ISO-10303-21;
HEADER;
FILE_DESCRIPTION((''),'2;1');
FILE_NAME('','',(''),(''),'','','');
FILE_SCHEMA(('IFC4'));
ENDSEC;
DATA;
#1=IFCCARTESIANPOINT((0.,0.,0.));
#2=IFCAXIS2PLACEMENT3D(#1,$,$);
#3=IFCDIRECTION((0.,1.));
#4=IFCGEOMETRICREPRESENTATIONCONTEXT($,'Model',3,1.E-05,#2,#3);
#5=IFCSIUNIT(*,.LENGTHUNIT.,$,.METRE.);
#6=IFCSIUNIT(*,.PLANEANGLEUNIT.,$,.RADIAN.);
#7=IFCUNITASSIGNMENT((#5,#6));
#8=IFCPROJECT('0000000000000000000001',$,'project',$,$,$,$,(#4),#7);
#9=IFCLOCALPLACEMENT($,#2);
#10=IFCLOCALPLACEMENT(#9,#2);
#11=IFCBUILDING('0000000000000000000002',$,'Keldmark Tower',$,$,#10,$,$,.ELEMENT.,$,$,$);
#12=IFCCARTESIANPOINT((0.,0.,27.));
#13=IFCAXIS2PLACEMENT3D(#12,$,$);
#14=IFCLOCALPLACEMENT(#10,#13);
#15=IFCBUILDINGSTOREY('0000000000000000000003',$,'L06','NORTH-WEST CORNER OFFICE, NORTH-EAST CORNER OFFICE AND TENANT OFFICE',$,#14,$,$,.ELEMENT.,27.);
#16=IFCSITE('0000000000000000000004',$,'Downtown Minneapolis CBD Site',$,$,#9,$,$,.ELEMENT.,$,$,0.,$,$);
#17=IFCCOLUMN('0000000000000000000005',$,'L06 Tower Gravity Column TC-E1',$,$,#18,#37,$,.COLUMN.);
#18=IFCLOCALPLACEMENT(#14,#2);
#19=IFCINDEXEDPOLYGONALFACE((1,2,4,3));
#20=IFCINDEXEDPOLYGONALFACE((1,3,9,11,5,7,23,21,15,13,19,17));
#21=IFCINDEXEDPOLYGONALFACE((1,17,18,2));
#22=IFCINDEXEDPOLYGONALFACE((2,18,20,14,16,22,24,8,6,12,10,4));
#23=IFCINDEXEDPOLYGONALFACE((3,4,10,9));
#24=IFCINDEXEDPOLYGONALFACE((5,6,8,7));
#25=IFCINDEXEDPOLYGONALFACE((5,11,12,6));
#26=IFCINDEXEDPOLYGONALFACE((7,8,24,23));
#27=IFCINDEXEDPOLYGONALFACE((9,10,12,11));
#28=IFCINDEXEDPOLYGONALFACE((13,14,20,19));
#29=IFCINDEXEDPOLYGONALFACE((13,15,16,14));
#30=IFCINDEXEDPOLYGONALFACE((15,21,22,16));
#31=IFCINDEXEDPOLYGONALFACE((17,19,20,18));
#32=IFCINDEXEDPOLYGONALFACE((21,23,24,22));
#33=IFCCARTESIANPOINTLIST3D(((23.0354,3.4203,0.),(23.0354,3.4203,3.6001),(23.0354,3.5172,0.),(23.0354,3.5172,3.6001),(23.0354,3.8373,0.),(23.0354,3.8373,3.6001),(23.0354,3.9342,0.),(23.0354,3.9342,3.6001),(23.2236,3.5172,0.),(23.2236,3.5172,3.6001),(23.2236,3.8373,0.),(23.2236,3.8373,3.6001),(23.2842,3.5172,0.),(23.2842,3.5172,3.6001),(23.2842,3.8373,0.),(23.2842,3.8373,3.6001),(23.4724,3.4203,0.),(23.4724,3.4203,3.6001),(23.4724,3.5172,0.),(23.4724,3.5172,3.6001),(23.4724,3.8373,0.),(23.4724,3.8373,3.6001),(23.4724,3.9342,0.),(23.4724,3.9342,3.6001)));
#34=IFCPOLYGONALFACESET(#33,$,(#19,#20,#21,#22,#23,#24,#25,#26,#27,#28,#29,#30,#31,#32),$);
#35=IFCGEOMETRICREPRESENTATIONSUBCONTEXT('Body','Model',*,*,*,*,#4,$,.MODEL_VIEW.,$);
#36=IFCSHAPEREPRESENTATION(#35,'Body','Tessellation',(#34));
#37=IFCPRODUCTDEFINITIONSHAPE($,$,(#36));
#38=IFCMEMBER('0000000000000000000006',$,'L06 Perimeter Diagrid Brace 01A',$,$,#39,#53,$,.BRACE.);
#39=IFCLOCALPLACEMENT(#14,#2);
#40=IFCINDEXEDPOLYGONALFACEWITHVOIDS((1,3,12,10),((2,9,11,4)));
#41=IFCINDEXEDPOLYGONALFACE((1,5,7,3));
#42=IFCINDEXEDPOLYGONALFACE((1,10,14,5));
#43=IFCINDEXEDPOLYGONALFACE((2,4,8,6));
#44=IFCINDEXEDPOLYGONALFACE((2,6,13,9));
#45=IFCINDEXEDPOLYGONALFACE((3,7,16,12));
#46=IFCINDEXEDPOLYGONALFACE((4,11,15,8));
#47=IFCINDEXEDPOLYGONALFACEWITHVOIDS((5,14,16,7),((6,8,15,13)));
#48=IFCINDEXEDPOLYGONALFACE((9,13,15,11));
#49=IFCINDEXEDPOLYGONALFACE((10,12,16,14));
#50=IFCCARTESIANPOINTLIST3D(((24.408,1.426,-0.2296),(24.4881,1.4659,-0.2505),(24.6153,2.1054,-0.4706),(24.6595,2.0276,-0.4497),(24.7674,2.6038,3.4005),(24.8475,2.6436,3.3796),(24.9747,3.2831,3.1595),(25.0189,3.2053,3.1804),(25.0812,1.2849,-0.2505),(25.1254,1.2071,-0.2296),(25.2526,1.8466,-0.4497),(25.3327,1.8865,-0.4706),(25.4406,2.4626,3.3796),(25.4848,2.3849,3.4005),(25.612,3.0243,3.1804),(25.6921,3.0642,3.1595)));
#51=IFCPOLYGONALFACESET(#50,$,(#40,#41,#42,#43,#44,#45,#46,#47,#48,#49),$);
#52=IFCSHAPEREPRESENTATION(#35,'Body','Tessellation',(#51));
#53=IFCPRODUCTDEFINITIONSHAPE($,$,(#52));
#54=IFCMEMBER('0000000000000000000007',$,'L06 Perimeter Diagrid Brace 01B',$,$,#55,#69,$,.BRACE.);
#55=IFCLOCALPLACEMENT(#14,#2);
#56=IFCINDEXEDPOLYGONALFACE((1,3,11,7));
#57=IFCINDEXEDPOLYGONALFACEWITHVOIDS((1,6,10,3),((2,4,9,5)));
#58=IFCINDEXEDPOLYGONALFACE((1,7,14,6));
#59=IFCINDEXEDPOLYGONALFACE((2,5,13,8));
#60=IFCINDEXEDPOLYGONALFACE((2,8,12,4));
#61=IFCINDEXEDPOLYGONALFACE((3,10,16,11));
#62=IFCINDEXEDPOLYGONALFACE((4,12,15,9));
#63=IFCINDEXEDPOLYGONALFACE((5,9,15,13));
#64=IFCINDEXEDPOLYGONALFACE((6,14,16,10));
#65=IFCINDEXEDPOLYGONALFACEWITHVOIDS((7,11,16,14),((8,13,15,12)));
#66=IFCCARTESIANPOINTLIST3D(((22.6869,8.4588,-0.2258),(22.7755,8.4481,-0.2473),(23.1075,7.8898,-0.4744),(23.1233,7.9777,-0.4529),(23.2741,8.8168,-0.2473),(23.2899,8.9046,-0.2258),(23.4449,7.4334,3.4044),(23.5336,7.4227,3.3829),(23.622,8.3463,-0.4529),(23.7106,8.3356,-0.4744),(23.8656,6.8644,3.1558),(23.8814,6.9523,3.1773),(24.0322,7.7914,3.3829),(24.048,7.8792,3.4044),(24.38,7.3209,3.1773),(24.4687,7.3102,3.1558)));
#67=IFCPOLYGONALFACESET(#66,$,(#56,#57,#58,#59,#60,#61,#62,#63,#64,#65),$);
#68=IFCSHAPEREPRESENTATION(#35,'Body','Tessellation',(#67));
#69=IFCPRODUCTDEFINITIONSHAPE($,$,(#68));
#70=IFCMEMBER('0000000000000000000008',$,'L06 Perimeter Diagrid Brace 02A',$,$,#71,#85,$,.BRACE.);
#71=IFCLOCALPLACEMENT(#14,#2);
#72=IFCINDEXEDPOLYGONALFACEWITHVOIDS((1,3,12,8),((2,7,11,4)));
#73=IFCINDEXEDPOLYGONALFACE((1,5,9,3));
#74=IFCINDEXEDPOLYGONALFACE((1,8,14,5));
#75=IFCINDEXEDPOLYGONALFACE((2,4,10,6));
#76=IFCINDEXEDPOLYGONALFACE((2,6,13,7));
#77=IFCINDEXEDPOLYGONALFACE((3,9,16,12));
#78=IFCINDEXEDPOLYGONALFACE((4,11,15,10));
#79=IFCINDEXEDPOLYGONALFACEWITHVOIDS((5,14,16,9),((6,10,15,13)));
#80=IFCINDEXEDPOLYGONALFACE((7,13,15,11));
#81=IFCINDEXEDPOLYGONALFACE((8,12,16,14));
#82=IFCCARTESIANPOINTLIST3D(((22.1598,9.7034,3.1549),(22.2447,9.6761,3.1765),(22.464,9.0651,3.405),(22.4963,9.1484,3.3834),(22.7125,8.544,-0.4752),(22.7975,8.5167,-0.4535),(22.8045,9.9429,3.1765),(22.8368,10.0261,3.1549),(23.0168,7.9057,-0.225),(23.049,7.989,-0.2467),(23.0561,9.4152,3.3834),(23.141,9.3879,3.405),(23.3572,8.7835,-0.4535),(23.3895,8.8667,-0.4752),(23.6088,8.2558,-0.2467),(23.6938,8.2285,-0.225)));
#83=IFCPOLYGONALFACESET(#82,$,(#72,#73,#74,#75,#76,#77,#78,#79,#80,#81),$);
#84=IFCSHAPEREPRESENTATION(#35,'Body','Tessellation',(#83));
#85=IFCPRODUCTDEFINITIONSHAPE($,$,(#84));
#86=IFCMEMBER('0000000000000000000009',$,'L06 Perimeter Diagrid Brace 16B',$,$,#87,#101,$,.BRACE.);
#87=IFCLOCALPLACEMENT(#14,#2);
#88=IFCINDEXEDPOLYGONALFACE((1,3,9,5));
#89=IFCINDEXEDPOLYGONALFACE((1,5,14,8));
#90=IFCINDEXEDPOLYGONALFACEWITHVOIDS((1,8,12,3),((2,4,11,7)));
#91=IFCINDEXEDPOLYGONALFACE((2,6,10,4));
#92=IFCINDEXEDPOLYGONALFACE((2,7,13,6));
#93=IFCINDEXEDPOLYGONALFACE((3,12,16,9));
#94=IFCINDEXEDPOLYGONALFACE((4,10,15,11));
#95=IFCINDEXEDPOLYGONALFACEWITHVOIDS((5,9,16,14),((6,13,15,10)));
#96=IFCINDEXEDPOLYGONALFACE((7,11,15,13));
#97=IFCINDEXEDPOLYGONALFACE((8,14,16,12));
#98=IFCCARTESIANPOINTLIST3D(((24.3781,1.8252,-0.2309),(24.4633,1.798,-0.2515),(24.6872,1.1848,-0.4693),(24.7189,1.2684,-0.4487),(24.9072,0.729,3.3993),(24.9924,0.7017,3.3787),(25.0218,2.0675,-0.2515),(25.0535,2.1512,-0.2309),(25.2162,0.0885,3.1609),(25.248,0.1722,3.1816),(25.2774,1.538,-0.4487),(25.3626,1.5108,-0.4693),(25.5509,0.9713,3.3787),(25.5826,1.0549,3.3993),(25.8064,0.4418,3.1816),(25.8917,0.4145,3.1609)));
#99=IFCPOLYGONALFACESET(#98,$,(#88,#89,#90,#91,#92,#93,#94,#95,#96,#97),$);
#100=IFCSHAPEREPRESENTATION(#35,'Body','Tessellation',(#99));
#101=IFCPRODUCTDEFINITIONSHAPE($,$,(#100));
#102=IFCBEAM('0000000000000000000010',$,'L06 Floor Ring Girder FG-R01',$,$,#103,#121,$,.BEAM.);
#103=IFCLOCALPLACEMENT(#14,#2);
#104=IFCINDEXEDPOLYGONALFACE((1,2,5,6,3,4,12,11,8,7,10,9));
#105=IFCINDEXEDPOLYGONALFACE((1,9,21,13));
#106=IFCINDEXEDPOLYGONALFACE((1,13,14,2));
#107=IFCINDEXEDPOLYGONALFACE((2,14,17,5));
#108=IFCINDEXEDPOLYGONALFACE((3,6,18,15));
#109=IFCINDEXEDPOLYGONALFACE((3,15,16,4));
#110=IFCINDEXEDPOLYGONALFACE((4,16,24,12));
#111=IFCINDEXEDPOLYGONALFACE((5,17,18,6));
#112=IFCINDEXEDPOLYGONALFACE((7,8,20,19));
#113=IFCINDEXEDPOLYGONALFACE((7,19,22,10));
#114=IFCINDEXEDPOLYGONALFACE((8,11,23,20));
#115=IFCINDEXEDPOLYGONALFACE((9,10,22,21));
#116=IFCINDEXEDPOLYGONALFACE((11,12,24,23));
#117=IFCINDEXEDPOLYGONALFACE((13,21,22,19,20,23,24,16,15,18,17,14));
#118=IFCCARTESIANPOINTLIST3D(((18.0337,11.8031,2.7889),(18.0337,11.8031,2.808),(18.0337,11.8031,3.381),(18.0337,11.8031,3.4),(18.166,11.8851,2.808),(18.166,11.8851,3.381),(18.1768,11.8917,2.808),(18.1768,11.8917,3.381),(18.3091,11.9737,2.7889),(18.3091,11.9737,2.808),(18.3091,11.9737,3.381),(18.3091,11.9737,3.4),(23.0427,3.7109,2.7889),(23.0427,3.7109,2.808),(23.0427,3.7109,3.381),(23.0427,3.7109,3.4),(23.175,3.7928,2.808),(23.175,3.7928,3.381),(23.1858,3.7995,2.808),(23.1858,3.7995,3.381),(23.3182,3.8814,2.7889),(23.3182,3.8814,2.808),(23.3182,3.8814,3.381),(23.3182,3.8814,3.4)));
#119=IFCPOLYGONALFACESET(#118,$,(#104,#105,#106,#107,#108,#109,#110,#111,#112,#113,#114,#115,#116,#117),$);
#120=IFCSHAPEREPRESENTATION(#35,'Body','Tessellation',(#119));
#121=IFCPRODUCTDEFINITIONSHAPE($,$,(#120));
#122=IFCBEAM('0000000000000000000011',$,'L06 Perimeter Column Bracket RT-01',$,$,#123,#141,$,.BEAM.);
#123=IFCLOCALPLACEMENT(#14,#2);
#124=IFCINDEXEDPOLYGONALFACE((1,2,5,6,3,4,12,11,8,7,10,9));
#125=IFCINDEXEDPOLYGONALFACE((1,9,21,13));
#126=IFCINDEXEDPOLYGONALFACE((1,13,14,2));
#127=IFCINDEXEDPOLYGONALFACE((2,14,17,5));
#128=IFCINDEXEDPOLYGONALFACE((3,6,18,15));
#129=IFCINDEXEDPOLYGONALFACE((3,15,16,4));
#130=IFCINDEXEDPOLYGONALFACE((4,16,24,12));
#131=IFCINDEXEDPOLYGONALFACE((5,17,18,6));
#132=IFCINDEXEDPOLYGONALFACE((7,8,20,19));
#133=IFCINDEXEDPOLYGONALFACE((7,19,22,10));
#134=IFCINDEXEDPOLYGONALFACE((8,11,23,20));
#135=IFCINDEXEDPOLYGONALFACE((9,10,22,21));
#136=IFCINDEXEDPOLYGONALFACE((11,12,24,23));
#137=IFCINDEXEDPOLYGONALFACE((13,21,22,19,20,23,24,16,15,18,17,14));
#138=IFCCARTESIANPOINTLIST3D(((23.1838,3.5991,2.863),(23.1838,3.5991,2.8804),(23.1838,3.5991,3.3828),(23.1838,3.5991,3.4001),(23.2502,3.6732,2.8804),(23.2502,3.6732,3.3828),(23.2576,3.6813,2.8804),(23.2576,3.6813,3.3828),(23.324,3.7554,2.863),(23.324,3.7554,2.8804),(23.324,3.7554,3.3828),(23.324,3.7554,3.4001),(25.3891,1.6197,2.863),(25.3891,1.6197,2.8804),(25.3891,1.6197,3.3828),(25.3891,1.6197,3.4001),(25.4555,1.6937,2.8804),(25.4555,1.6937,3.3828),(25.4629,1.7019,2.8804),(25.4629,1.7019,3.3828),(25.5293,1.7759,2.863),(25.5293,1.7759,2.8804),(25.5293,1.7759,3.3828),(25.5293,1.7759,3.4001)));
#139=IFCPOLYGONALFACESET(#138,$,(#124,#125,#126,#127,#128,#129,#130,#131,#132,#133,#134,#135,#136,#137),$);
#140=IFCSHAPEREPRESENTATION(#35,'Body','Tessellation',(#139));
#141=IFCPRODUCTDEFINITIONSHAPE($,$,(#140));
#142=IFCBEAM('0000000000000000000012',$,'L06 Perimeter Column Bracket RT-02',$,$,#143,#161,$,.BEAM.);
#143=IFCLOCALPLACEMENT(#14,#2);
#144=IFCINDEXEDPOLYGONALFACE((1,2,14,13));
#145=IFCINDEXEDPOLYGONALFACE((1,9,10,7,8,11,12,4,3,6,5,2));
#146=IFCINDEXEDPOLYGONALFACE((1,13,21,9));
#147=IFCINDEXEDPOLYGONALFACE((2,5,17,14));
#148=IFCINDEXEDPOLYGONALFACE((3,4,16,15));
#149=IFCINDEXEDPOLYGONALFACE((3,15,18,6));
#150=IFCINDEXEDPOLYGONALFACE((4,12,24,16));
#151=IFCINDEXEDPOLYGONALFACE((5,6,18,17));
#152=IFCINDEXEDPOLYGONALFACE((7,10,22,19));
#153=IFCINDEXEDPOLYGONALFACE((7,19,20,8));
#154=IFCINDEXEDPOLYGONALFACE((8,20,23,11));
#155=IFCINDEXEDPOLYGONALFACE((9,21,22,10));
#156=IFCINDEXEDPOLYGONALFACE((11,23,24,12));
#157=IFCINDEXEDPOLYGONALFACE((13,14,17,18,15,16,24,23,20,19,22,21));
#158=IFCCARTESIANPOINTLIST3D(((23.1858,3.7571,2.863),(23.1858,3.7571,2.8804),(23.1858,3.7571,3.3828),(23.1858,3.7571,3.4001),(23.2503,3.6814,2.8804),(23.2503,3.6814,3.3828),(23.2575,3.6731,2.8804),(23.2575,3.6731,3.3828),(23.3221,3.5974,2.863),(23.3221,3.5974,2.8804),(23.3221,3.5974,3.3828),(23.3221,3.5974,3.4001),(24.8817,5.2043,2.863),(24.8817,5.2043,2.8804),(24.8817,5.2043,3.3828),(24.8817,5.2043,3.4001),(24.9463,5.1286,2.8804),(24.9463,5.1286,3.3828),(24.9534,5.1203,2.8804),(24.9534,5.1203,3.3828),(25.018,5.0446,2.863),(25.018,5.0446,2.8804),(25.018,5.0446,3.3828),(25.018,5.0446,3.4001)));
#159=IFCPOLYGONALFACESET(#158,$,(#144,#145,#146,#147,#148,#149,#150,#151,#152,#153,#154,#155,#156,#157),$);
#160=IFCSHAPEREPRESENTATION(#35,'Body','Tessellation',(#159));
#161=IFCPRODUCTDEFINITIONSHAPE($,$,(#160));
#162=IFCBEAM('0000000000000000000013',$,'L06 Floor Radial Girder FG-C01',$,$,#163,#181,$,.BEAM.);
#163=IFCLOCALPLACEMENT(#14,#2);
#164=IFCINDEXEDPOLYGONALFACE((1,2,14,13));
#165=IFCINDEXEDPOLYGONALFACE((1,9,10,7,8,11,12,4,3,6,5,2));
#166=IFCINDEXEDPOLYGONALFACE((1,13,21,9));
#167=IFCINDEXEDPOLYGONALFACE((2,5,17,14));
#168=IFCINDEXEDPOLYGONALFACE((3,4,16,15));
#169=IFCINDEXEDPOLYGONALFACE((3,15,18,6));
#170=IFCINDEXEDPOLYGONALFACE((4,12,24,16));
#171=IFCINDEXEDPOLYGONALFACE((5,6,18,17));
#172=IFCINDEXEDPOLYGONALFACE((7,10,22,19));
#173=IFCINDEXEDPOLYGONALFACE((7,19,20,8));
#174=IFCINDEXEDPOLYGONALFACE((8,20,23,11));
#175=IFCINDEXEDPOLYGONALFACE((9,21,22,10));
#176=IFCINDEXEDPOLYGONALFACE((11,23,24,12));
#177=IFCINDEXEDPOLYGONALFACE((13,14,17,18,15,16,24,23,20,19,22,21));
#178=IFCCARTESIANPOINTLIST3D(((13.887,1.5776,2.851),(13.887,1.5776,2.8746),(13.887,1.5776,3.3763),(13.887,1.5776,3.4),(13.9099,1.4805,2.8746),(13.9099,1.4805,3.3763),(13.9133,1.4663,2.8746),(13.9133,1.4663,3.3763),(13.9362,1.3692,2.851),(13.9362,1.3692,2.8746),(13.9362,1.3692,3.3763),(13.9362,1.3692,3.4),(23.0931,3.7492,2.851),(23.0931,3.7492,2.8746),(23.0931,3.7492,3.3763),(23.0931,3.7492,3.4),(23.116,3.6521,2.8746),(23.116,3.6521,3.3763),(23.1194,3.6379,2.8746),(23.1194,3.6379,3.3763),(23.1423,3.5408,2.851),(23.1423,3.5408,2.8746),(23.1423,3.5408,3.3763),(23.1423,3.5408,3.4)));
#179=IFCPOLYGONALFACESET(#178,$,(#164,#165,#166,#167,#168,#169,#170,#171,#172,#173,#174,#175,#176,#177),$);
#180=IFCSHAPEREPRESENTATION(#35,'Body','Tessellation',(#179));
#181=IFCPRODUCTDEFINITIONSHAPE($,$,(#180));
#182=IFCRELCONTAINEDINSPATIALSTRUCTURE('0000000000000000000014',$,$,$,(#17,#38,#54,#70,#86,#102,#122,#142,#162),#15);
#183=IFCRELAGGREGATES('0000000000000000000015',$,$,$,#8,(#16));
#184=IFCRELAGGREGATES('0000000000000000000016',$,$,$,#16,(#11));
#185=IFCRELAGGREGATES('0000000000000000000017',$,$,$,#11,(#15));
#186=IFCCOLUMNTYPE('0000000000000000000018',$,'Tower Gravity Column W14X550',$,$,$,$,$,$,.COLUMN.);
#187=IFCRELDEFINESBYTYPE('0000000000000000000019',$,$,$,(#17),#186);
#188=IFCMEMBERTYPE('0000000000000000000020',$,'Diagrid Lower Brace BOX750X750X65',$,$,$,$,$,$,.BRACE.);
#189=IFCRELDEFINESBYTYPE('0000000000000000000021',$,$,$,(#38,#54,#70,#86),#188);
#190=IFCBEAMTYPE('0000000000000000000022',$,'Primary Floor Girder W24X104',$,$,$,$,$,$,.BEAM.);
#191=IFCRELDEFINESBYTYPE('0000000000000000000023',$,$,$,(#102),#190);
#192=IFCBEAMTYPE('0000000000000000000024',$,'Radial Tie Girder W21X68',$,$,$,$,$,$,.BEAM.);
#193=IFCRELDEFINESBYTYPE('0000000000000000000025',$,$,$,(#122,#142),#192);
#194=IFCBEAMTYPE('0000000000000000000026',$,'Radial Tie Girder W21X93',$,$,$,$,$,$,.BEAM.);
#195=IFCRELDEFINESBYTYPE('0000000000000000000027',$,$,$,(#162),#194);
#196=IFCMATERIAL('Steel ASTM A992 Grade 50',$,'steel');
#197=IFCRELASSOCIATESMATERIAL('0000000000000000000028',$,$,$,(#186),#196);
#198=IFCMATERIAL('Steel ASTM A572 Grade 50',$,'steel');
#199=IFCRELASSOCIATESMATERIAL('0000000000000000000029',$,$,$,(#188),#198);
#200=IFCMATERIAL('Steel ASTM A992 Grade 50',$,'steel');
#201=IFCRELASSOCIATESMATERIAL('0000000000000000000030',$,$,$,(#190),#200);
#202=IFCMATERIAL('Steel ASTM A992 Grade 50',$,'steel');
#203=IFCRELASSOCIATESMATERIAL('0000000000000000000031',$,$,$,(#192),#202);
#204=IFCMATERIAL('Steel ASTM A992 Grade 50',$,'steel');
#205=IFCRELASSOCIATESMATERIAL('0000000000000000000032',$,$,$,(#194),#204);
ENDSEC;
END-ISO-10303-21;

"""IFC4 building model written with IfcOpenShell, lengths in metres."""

from ifc_helpers import new_model, si_unit, direction, frame, origin, origin_2d, place, context, subcontext, project, spatial, hollow_rectangle, i_section, extrude, material, material_profile, profile_set, type_object, element, save


model = new_model("IFC4")

# Units and contexts
model_context = context("Model", 3, precision=1e-05, world=origin(), true_north=direction((0.0, 1.0)))
body_context = subcontext(model_context, "Body", "Model", "MODEL_VIEW")
ifc_project = project(units=[si_unit("LENGTHUNIT", "METRE"), si_unit("PLANEANGLEUNIT", "RADIAN")], contexts=[model_context])

# Site, building, storey
site_placement = place(None, origin())
site = spatial("IfcSite", under=ifc_project, at=site_placement, Name="Downtown Minneapolis CBD Site", CompositionType="ELEMENT", RefElevation=0.0)
building_placement = place(site_placement, origin())
building = spatial("IfcBuilding", under=site, at=building_placement, Name="Keldmark Tower", CompositionType="ELEMENT")
storey_placement = place(building_placement, frame((0.0, 0.0, 27.0)))
storey = spatial("IfcBuildingStorey", under=building, at=storey_placement, Name="L06", Description="NORTH-WEST CORNER OFFICE, NORTH-EAST CORNER OFFICE AND TENANT OFFICE", CompositionType="ELEMENT", Elevation=27.0)

# Column
ifc_material_1 = material(Name="Steel ASTM A992 Grade 50", Category="steel")
ifc_material_profile_1 = material_profile(ifc_material_1, i_section(OverallWidth=0.437, OverallDepth=0.5139, WebThickness=0.0605, FlangeThickness=0.0969, at=origin_2d()), Name="W14X550")
ifc_profile_set_1 = profile_set([ifc_material_profile_1], Name="Steel ASTM A992 Grade 50")
column_type = type_object("IfcColumnType", Name="Tower Gravity Column W14X550", PredefinedType="COLUMN", material=ifc_profile_set_1)
column_placement = place(storey_placement, frame((23.2539, 3.6772, 0.0), z_axis=(0.0, 0.0, 1.0), x_axis=(1.0, 0.0, 0.0)))
element("IfcColumn", 1, at=column_placement, inside=storey, type_object=column_type, Name="L06 Tower Gravity Column TC-E1", PredefinedType="COLUMN", context=body_context, shape_type="SweptSolid", body=[
    extrude(i_section(OverallWidth=0.437, OverallDepth=0.5139, WebThickness=0.0605, FlangeThickness=0.0969, at=origin_2d()), origin(), (0.0, 0.0, 1.0), 3.6001),
])

# Members
ifc_material_2 = material(Name="Steel ASTM A572 Grade 50", Category="steel")
ifc_material_profile_2 = material_profile(ifc_material_2, hollow_rectangle(XDim=0.75, YDim=0.75, WallThickness=0.0649, at=origin_2d()), Name="BOX750X750X65")
ifc_profile_set_2 = profile_set([ifc_material_profile_2], Name="Steel ASTM A572 Grade 50")
member_type = type_object("IfcMemberType", Name="Diagrid Lower Brace BOX750X750X65", PredefinedType="BRACE", material=ifc_profile_set_2)
member_1_placement = place(storey_placement, frame((24.8704, 1.6562, -0.3501), z_axis=(0.093751, 0.307239, 0.947003), x_axis=(-0.956462, 0.291856, 0.0)))
element("IfcMember", 2, at=member_1_placement, inside=storey, type_object=member_type, Name="L06 Perimeter Diagrid Brace 01A", PredefinedType="BRACE", context=body_context, shape_type="SweptSolid", body=[
    extrude(hollow_rectangle(XDim=0.75, YDim=0.75, WallThickness=0.0649, at=origin_2d()), origin(), (0.0, 0.0, 1.0), 3.8333),
])
member_2_placement = place(storey_placement, frame((23.1987, 8.3972, -0.3501), z_axis=(0.197022, -0.266503, 0.943482), x_axis=(0.804116, 0.594472, 0.0)))
element("IfcMember", 3, at=member_2_placement, inside=storey, type_object=member_type, Name="L06 Perimeter Diagrid Brace 01B", PredefinedType="BRACE", context=body_context, shape_type="SweptSolid", body=[
    extrude(hollow_rectangle(XDim=0.75, YDim=0.75, WallThickness=0.0649, at=origin_2d()), origin(), (0.0, 0.0, 1.0), 3.8477),
])
member_3_placement = place(storey_placement, frame((23.2031, 8.3862, -0.3501), z_axis=(-0.143543, 0.301097, 0.942728), x_axis=(-0.902671, -0.430332, 0.0)))
element("IfcMember", 4, at=member_3_placement, inside=storey, type_object=member_type, Name="L06 Perimeter Diagrid Brace 02A", PredefinedType="BRACE", context=body_context, shape_type="SweptSolid", body=[
    extrude(hollow_rectangle(XDim=0.75, YDim=0.75, WallThickness=0.0649, at=origin_2d()), origin(), (0.0, 0.0, 1.0), 3.8506),
])
member_4_placement = place(storey_placement, frame((24.8704, 1.668, -0.3501), z_axis=(0.138179, -0.286305, 0.948122), x_axis=(0.900598, 0.434654, 0.0)))
element("IfcMember", 5, at=member_4_placement, inside=storey, type_object=member_type, Name="L06 Perimeter Diagrid Brace 16B", PredefinedType="BRACE", context=body_context, shape_type="SweptSolid", body=[
    extrude(hollow_rectangle(XDim=0.75, YDim=0.75, WallThickness=0.0649, at=origin_2d()), origin(), (0.0, 0.0, 1.0), 3.8289),
])

# Beams
ifc_material_3 = material(Name="Steel ASTM A992 Grade 50", Category="steel")
ifc_material_profile_3 = material_profile(ifc_material_3, i_section(OverallWidth=0.324, OverallDepth=0.6111, WebThickness=0.0127, FlangeThickness=0.019, at=origin_2d()), Name="W24X104")
ifc_profile_set_3 = profile_set([ifc_material_profile_3], Name="Steel ASTM A992 Grade 50")
beam_type_1 = type_object("IfcBeamType", Name="Primary Floor Girder W24X104", PredefinedType="BEAM", material=ifc_profile_set_3)
beam_1_placement = place(storey_placement, frame((23.1804, 3.7961, 3.0945), z_axis=(-0.526318, 0.850288, 0.0), x_axis=(-0.850288, -0.526318, 0.0)))
element("IfcBeam", 6, at=beam_1_placement, inside=storey, type_object=beam_type_1, Name="L06 Floor Ring Girder FG-R01", PredefinedType="BEAM", context=body_context, shape_type="SweptSolid", body=[
    extrude(i_section(OverallWidth=0.324, OverallDepth=0.6111, WebThickness=0.0127, FlangeThickness=0.019, at=origin_2d()), origin(), (0.0, 0.0, 1.0), 9.5171),
])
ifc_material_4 = material(Name="Steel ASTM A992 Grade 50", Category="steel")
ifc_material_profile_4 = material_profile(ifc_material_4, i_section(OverallWidth=0.21, OverallDepth=0.5371, WebThickness=0.011, FlangeThickness=0.0173, at=origin_2d()), Name="W21X68")
ifc_profile_set_4 = profile_set([ifc_material_profile_4], Name="Steel ASTM A992 Grade 50")
beam_type_2 = type_object("IfcBeamType", Name="Radial Tie Girder W21X68", PredefinedType="BEAM", material=ifc_profile_set_4)
beam_2_placement = place(storey_placement, frame((23.2539, 3.6772, 3.1316), z_axis=(0.744182, -0.667976, 0.0), x_axis=(0.667976, 0.744182, 0.0)))
element("IfcBeam", 7, at=beam_2_placement, inside=storey, type_object=beam_type_2, Name="L06 Perimeter Column Bracket RT-01", PredefinedType="BEAM", context=body_context, shape_type="SweptSolid", body=[
    extrude(i_section(OverallWidth=0.21, OverallDepth=0.5371, WebThickness=0.011, FlangeThickness=0.0173, at=origin_2d()), origin(), (0.0, 0.0, 1.0), 2.9634),
])
beam_3_placement = place(storey_placement, frame((23.2539, 3.6772, 3.1316), z_axis=(0.760692, 0.649113, 0.0), x_axis=(-0.649113, 0.760692, 0.0)))
element("IfcBeam", 8, at=beam_3_placement, inside=storey, type_object=beam_type_2, Name="L06 Perimeter Column Bracket RT-02", PredefinedType="BEAM", context=body_context, shape_type="SweptSolid", body=[
    extrude(i_section(OverallWidth=0.21, OverallDepth=0.5371, WebThickness=0.011, FlangeThickness=0.0173, at=origin_2d()), origin(), (0.0, 0.0, 1.0), 2.2295),
])
ifc_material_5 = material(Name="Steel ASTM A992 Grade 50", Category="steel")
ifc_material_profile_5 = material_profile(ifc_material_5, i_section(OverallWidth=0.2141, OverallDepth=0.5491, WebThickness=0.0146, FlangeThickness=0.0237, at=origin_2d()), Name="W21X93")
ifc_profile_set_5 = profile_set([ifc_material_profile_5], Name="Steel ASTM A992 Grade 50")
beam_type_3 = type_object("IfcBeamType", Name="Radial Tie Girder W21X93", PredefinedType="BEAM", material=ifc_profile_set_5)
beam_4_placement = place(storey_placement, frame((23.1177, 3.645, 3.1255), z_axis=(-0.973287, -0.22959, 0.0), x_axis=(0.22959, -0.973287, 0.0)))
element("IfcBeam", 9, at=beam_4_placement, inside=storey, type_object=beam_type_3, Name="L06 Floor Radial Girder FG-C01", PredefinedType="BEAM", context=body_context, shape_type="SweptSolid", body=[
    extrude(i_section(OverallWidth=0.2141, OverallDepth=0.5491, WebThickness=0.0146, FlangeThickness=0.0237, at=origin_2d()), origin(), (0.0, 0.0, 1.0), 9.4587),
])

save(model, "model.ifc")
